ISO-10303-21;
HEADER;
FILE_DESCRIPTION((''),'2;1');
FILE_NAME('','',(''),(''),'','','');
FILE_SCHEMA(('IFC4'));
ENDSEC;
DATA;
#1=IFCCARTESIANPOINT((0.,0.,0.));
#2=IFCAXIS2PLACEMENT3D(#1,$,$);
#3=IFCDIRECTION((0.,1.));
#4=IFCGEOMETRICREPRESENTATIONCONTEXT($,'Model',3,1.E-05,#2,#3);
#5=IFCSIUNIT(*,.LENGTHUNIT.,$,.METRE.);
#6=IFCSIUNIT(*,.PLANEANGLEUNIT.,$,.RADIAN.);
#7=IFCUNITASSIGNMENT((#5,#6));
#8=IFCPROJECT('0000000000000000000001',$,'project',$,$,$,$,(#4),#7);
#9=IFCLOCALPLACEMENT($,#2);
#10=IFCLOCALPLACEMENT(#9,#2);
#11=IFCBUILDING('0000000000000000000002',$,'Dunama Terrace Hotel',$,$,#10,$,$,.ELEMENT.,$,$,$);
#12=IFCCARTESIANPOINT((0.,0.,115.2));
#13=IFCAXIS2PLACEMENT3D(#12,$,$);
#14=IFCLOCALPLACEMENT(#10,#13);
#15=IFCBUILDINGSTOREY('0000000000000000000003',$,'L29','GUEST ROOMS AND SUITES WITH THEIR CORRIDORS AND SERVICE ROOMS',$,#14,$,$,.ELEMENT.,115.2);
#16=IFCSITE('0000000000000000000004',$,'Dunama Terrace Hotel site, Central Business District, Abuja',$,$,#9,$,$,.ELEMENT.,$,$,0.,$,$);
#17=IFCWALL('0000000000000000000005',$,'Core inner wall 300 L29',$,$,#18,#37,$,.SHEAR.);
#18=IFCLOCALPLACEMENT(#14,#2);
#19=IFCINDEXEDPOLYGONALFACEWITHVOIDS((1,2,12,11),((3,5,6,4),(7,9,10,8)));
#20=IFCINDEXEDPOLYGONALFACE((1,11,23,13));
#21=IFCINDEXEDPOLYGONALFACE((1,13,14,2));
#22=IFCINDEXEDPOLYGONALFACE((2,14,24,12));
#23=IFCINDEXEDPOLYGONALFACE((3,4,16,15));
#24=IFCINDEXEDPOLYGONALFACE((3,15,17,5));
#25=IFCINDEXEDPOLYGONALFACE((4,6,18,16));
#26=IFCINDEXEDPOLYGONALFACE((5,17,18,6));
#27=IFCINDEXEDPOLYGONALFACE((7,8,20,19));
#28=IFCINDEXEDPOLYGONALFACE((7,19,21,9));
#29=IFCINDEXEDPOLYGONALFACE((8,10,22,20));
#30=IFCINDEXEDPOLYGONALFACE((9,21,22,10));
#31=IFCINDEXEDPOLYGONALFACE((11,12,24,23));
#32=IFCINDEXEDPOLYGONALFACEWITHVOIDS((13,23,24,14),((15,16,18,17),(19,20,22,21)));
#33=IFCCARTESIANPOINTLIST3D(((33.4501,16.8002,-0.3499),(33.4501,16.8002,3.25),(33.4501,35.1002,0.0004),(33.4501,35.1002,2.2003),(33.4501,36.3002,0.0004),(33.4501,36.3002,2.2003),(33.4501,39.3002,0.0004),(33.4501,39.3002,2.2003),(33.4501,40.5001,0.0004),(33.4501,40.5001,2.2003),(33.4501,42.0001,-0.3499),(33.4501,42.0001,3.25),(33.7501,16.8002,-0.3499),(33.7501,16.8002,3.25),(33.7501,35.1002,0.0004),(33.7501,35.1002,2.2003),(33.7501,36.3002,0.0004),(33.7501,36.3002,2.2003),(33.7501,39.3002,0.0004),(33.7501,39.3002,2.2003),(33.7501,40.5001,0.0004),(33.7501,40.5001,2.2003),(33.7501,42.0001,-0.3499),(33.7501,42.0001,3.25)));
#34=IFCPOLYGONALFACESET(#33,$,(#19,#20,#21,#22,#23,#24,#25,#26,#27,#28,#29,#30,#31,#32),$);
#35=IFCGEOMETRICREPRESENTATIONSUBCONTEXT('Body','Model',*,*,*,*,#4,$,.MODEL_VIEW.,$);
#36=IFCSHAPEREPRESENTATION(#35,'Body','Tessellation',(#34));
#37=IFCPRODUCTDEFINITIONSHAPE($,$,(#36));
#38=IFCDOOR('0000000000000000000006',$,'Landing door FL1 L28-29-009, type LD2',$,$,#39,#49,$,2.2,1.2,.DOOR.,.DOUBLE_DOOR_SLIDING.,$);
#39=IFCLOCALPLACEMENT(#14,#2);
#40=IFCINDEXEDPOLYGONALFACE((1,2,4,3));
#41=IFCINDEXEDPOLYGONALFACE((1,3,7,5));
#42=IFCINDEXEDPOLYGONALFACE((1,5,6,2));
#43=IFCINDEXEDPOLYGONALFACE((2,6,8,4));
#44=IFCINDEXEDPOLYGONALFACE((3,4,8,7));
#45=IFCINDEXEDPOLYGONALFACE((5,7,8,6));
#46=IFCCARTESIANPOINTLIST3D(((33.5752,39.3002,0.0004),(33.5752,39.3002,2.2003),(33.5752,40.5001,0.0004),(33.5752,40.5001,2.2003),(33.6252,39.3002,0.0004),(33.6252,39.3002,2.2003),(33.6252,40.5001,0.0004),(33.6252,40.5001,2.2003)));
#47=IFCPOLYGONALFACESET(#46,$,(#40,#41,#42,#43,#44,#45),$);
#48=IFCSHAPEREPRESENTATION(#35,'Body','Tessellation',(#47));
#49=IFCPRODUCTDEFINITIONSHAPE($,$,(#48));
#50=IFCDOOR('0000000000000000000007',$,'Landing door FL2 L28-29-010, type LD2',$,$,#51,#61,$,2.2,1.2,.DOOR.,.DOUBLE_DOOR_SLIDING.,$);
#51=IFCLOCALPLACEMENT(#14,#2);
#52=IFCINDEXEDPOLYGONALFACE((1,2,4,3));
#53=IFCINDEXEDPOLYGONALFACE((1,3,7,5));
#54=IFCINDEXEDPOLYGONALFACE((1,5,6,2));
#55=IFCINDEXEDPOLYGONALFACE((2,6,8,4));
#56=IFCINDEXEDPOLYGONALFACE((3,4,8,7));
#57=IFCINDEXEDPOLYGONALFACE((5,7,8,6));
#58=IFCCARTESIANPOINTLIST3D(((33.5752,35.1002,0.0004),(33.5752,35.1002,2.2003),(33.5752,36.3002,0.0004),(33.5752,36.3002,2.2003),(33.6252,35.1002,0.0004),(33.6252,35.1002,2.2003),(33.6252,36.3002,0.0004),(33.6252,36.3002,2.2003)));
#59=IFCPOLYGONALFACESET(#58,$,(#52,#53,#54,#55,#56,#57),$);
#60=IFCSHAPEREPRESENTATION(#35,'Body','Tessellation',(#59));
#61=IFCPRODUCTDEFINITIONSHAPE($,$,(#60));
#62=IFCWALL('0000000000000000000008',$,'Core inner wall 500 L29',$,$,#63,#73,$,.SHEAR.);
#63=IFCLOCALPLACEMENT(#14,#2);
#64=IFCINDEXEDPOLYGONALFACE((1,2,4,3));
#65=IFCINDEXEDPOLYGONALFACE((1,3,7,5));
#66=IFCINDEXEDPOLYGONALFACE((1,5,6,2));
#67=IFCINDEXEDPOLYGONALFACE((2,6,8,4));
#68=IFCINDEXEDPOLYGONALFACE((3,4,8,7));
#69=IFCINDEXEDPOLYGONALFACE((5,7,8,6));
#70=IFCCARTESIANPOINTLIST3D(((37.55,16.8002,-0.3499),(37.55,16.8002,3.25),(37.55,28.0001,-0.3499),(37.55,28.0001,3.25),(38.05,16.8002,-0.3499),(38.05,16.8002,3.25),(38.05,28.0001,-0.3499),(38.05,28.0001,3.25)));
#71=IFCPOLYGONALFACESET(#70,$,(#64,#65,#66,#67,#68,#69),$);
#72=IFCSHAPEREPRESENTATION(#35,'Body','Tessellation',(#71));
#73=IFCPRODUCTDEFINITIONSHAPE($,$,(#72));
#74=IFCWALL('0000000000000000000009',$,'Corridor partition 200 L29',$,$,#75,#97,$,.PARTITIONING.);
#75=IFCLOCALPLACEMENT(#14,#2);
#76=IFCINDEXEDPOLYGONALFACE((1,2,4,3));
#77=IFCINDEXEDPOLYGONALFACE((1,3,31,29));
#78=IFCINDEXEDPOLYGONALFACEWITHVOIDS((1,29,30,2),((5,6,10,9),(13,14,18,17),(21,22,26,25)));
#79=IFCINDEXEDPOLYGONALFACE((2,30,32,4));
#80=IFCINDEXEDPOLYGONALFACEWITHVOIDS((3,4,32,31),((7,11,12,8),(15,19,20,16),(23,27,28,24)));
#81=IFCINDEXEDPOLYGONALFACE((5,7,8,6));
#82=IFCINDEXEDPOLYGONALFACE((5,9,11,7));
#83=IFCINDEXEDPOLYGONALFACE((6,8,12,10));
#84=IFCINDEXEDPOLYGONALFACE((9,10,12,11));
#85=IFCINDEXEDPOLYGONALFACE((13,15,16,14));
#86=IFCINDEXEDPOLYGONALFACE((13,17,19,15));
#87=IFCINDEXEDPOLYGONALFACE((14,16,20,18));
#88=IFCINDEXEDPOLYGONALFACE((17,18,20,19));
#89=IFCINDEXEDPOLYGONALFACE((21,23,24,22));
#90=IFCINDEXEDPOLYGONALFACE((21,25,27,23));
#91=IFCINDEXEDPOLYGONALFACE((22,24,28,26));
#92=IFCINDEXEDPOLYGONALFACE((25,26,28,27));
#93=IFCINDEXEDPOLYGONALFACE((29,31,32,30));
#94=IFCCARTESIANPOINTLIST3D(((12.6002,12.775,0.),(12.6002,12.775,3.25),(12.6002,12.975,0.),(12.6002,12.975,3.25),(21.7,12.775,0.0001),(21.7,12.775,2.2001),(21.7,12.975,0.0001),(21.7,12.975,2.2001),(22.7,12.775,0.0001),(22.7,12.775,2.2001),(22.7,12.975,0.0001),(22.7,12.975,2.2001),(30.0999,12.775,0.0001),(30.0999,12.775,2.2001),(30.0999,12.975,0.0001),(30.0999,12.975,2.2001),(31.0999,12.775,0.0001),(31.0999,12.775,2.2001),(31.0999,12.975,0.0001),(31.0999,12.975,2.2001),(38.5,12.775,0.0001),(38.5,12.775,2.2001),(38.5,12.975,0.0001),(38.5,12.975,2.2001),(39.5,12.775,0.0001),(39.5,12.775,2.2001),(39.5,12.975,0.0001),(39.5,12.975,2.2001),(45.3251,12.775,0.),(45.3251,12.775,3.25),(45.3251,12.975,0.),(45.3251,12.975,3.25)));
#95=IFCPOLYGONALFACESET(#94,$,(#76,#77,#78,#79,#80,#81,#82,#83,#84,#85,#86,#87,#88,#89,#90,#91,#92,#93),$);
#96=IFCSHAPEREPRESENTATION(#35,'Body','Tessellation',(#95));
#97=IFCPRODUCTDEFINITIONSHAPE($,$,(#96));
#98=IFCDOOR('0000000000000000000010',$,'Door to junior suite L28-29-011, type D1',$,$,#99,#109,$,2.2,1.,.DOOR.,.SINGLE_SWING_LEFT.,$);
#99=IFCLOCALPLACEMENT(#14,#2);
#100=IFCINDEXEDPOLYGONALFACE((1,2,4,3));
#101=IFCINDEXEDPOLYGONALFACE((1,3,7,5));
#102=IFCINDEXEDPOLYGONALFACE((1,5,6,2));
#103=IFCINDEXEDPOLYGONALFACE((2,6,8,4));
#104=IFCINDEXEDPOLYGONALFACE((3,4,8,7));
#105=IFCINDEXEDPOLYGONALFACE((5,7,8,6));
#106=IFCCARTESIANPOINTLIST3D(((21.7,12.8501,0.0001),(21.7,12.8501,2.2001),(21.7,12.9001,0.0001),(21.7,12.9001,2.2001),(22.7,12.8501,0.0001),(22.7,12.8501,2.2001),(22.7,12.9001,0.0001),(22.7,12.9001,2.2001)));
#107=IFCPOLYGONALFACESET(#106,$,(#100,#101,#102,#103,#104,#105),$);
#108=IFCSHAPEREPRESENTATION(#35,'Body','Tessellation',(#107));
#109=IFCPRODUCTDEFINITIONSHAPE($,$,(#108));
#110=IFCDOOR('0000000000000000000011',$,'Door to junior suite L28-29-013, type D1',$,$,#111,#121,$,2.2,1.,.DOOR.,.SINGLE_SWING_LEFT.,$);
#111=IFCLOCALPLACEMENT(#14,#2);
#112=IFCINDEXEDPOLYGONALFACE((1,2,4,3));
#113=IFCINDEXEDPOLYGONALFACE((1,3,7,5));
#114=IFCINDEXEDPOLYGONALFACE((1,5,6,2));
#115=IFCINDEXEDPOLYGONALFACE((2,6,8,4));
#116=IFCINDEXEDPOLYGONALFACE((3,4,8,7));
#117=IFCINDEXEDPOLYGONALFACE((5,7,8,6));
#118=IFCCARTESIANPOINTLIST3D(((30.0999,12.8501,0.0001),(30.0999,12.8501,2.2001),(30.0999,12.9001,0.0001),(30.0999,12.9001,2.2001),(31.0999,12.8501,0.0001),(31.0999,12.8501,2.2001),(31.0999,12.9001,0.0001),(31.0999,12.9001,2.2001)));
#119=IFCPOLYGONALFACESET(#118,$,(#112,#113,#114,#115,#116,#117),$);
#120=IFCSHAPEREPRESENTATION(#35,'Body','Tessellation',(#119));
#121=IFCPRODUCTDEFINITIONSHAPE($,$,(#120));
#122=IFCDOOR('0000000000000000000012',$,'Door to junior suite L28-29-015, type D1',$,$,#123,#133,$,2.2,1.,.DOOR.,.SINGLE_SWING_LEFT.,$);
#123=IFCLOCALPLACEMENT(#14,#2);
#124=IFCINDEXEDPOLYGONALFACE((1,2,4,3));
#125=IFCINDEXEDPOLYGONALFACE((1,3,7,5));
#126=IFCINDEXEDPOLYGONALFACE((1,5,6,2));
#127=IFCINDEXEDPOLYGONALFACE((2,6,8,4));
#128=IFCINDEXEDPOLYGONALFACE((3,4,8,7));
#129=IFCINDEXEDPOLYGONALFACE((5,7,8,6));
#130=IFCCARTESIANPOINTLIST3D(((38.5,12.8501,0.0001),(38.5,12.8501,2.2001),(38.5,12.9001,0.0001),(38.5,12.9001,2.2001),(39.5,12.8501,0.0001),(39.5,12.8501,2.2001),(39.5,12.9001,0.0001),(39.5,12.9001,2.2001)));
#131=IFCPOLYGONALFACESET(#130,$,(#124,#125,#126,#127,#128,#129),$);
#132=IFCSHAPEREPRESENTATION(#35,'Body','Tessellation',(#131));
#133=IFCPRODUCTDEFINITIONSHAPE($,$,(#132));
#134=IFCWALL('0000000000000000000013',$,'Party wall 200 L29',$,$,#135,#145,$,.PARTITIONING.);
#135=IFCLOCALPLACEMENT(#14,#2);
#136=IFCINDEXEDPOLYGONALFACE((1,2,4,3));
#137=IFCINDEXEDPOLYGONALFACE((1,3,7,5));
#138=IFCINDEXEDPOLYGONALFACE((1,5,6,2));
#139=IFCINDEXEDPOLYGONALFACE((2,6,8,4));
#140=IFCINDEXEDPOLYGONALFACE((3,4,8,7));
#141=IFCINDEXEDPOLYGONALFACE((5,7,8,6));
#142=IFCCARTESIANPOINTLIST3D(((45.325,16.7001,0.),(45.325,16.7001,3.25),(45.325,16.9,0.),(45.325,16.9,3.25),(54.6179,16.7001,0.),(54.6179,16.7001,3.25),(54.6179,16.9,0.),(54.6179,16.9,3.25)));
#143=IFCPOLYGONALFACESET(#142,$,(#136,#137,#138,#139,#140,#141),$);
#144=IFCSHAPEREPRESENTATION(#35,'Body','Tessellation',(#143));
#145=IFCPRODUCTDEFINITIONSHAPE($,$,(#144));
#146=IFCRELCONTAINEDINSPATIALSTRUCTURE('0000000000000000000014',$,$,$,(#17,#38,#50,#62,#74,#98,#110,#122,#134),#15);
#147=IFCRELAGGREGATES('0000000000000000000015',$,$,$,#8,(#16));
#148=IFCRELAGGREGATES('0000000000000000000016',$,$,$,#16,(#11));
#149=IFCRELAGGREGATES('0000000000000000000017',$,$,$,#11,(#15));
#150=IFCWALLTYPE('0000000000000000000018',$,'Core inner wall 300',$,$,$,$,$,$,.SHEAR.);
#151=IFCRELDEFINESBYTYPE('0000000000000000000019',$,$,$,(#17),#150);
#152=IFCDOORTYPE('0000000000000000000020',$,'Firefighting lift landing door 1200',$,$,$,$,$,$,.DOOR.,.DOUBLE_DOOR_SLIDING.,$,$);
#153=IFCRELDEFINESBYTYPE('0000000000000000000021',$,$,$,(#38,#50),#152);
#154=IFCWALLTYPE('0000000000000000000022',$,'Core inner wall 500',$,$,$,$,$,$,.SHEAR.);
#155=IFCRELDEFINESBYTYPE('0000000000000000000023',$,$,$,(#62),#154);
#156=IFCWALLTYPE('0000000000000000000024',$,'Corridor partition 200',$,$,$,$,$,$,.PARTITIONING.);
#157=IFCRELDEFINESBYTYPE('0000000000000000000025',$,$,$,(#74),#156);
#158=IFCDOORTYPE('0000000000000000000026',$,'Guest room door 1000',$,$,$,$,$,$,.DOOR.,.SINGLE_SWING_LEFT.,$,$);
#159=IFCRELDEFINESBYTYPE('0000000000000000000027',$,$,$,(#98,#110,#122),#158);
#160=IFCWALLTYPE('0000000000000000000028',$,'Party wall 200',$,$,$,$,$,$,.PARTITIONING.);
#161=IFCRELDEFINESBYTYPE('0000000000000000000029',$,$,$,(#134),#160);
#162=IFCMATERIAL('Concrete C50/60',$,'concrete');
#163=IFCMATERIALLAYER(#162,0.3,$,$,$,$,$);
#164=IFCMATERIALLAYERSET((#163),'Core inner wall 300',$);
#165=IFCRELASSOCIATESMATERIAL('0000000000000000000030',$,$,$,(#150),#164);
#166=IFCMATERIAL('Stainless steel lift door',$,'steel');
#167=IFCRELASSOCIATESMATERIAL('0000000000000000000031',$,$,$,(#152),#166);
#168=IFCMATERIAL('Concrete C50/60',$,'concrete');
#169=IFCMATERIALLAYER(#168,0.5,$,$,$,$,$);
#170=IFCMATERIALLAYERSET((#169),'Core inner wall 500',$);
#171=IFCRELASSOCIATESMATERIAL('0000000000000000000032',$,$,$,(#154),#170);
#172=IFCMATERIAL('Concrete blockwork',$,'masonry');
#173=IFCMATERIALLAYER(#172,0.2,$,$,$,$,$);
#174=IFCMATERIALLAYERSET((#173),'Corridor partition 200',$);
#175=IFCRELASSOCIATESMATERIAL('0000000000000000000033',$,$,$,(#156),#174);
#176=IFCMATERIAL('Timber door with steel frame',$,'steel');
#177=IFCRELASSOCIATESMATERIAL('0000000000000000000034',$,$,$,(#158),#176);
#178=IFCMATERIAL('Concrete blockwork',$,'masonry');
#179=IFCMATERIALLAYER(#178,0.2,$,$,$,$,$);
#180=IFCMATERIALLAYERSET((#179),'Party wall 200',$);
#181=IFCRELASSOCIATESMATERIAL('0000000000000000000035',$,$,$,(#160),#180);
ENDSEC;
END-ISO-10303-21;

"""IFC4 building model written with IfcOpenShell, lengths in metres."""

from ifc_helpers import new_model, si_unit, direction, frame, frame_2d, origin, place, context, subcontext, project, spatial, rectangle, extrude, material, layer, layer_set, type_object, element, fill, save


model = new_model("IFC4")

# Units and contexts
model_context = context("Model", 3, precision=1e-05, world=origin(), true_north=direction((0.0, 1.0)))
body_context = subcontext(model_context, "Body", "Model", "MODEL_VIEW")
ifc_project = project(units=[si_unit("LENGTHUNIT", "METRE"), si_unit("PLANEANGLEUNIT", "RADIAN")], contexts=[model_context])

# Site, building, storey
site_placement = place(None, origin())
site = spatial("IfcSite", under=ifc_project, at=site_placement, Name="Dunama Terrace Hotel site, Central Business District, Abuja", CompositionType="ELEMENT", RefElevation=0.0)
building_placement = place(site_placement, origin())
building = spatial("IfcBuilding", under=site, at=building_placement, Name="Dunama Terrace Hotel", CompositionType="ELEMENT")
storey_placement = place(building_placement, frame((0.0, 0.0, 115.2)))
storey = spatial("IfcBuildingStorey", under=building, at=storey_placement, Name="L29", Description="GUEST ROOMS AND SUITES WITH THEIR CORRIDORS AND SERVICE ROOMS", CompositionType="ELEMENT", Elevation=115.2)

# Wall, openings, doors
ifc_material_1 = material(Name="Concrete C50/60", Category="concrete")
ifc_layer_1 = layer(ifc_material_1, 0.3)
ifc_layer_set_1 = layer_set([ifc_layer_1], Name="Core inner wall 300")
wall_type_1 = type_object("IfcWallType", Name="Core inner wall 300", PredefinedType="SHEAR", material=ifc_layer_set_1)
wall_1_placement = place(storey_placement, frame((33.6001, 16.8, -0.3499), z_axis=(0.0, 0.0, 1.0), x_axis=(0.0, 1.0, 0.0)))
wall_1 = element("IfcWall", 1, at=wall_1_placement, inside=storey, type_object=wall_type_1, Name="Core inner wall 300 L29", PredefinedType="SHEAR", context=body_context, shape_type="SweptSolid", body=[
    extrude(rectangle(XDim=25.2, YDim=0.3, at=frame_2d((12.6001, 0.0))), origin(), (0.0, 0.0, 1.0), 3.5999),
])
opening_1_placement = place(wall_1_placement, frame((22.5, 0.0, 0.3501)))
opening_1 = element("IfcOpeningElement", 2, at=opening_1_placement, cuts=wall_1, PredefinedType="OPENING", context=body_context, shape_type="SweptSolid", body=[
    extrude(rectangle(XDim=1.2, YDim=2.2, at=frame_2d((0.6001, 1.1001))), frame((0.0, 0.1599, 0.0), z_axis=(0.0, -1.0, 0.0), x_axis=(1.0, 0.0, 0.0)), (0.0, 0.0, 1.0), 0.3201),
])
opening_2_placement = place(wall_1_placement, frame((18.3, 0.0, 0.3501)))
opening_2 = element("IfcOpeningElement", 3, at=opening_2_placement, cuts=wall_1, PredefinedType="OPENING", context=body_context, shape_type="SweptSolid", body=[
    extrude(rectangle(XDim=1.2, YDim=2.2, at=frame_2d((0.6001, 1.1001))), frame((0.0, 0.1599, 0.0), z_axis=(0.0, -1.0, 0.0), x_axis=(1.0, 0.0, 0.0)), (0.0, 0.0, 1.0), 0.3201),
])
ifc_material_2 = material(Name="Stainless steel lift door", Category="steel")
door_type_1 = type_object("IfcDoorType", Name="Firefighting lift landing door 1200", OperationType="DOUBLE_DOOR_SLIDING", PredefinedType="DOOR", material=ifc_material_2)
door_1_placement = place(opening_1_placement, origin())
door_1 = element("IfcDoor", 4, at=door_1_placement, inside=storey, type_object=door_type_1, Name="Landing door FL1 L28-29-009, type LD2", OperationType="DOUBLE_DOOR_SLIDING", OverallHeight=2.2, OverallWidth=1.2, PredefinedType="DOOR", context=body_context, shape_type="SweptSolid", body=[
    extrude(rectangle(XDim=1.2, YDim=2.2, at=frame_2d((0.6001, 1.1001))), frame((0.0, 0.0249, 0.0), z_axis=(0.0, -1.0, 0.0), x_axis=(1.0, 0.0, 0.0)), (0.0, 0.0, 1.0), 0.05),
])
fill(opening_1, door_1)
door_2_placement = place(opening_2_placement, origin())
door_2 = element("IfcDoor", 5, at=door_2_placement, inside=storey, type_object=door_type_1, Name="Landing door FL2 L28-29-010, type LD2", OperationType="DOUBLE_DOOR_SLIDING", OverallHeight=2.2, OverallWidth=1.2, PredefinedType="DOOR", context=body_context, shape_type="SweptSolid", body=[
    extrude(rectangle(XDim=1.2, YDim=2.2, at=frame_2d((0.6001, 1.1001))), frame((0.0, 0.0249, 0.0), z_axis=(0.0, -1.0, 0.0), x_axis=(1.0, 0.0, 0.0)), (0.0, 0.0, 1.0), 0.05),
])
fill(opening_2, door_2)

# Wall
ifc_material_3 = material(Name="Concrete C50/60", Category="concrete")
ifc_layer_2 = layer(ifc_material_3, 0.5)
ifc_layer_set_2 = layer_set([ifc_layer_2], Name="Core inner wall 500")
wall_type_2 = type_object("IfcWallType", Name="Core inner wall 500", PredefinedType="SHEAR", material=ifc_layer_set_2)
wall_2_placement = place(storey_placement, frame((37.8, 16.8, -0.3499), z_axis=(0.0, 0.0, 1.0), x_axis=(0.0, 1.0, 0.0)))
element("IfcWall", 6, at=wall_2_placement, inside=storey, type_object=wall_type_2, Name="Core inner wall 500 L29", PredefinedType="SHEAR", context=body_context, shape_type="SweptSolid", body=[
    extrude(rectangle(XDim=11.2, YDim=0.5, at=frame_2d((5.6001, 0.0))), origin(), (0.0, 0.0, 1.0), 3.5999),
])

# Wall, openings, doors
ifc_material_4 = material(Name="Concrete blockwork", Category="masonry")
ifc_layer_3 = layer(ifc_material_4, 0.2)
ifc_layer_set_3 = layer_set([ifc_layer_3], Name="Corridor partition 200")
wall_type_3 = type_object("IfcWallType", Name="Corridor partition 200", PredefinedType="PARTITIONING", material=ifc_layer_set_3)
wall_3_placement = place(storey_placement, frame((45.325, 12.875, 0.0), z_axis=(0.0, 0.0, 1.0), x_axis=(-1.0, 0.0, 0.0)))
wall_3 = element("IfcWall", 7, at=wall_3_placement, inside=storey, type_object=wall_type_3, Name="Corridor partition 200 L29", PredefinedType="PARTITIONING", context=body_context, shape_type="SweptSolid", body=[
    extrude(rectangle(XDim=32.7249, YDim=0.2, at=frame_2d((16.3623, 0.0))), origin(), (0.0, 0.0, 1.0), 3.25),
])
opening_3_placement = place(wall_3_placement, frame((22.625, 0.0, 0.0)))
opening_3 = element("IfcOpeningElement", 8, at=opening_3_placement, cuts=wall_3, PredefinedType="OPENING", context=body_context, shape_type="SweptSolid", body=[
    extrude(rectangle(XDim=1.0, YDim=2.2, at=frame_2d((0.5, 1.1001))), frame((0.0, 0.1099, 0.0), z_axis=(0.0, -1.0, 0.0), x_axis=(1.0, 0.0, 0.0)), (0.0, 0.0, 1.0), 0.22),
])
opening_4_placement = place(wall_3_placement, frame((14.2251, 0.0, 0.0)))
opening_4 = element("IfcOpeningElement", 9, at=opening_4_placement, cuts=wall_3, PredefinedType="OPENING", context=body_context, shape_type="SweptSolid", body=[
    extrude(rectangle(XDim=1.0, YDim=2.2, at=frame_2d((0.5, 1.1001))), frame((0.0, 0.1099, 0.0), z_axis=(0.0, -1.0, 0.0), x_axis=(1.0, 0.0, 0.0)), (0.0, 0.0, 1.0), 0.22),
])
opening_5_placement = place(wall_3_placement, frame((5.825, 0.0, 0.0)))
opening_5 = element("IfcOpeningElement", 10, at=opening_5_placement, cuts=wall_3, PredefinedType="OPENING", context=body_context, shape_type="SweptSolid", body=[
    extrude(rectangle(XDim=1.0, YDim=2.2, at=frame_2d((0.5, 1.1001))), frame((0.0, 0.1099, 0.0), z_axis=(0.0, -1.0, 0.0), x_axis=(1.0, 0.0, 0.0)), (0.0, 0.0, 1.0), 0.22),
])
ifc_material_5 = material(Name="Timber door with steel frame", Category="steel")
door_type_2 = type_object("IfcDoorType", Name="Guest room door 1000", OperationType="SINGLE_SWING_LEFT", PredefinedType="DOOR", material=ifc_material_5)
door_3_placement = place(opening_3_placement, origin())
door_3 = element("IfcDoor", 11, at=door_3_placement, inside=storey, type_object=door_type_2, Name="Door to junior suite L28-29-011, type D1", OperationType="SINGLE_SWING_LEFT", OverallHeight=2.2, OverallWidth=1.0, PredefinedType="DOOR", context=body_context, shape_type="SweptSolid", body=[
    extrude(rectangle(XDim=1.0, YDim=2.2, at=frame_2d((0.5, 1.1001))), frame((0.0, 0.0249, 0.0), z_axis=(0.0, -1.0, 0.0), x_axis=(1.0, 0.0, 0.0)), (0.0, 0.0, 1.0), 0.05),
])
fill(opening_3, door_3)
door_4_placement = place(opening_4_placement, origin())
door_4 = element("IfcDoor", 12, at=door_4_placement, inside=storey, type_object=door_type_2, Name="Door to junior suite L28-29-013, type D1", OperationType="SINGLE_SWING_LEFT", OverallHeight=2.2, OverallWidth=1.0, PredefinedType="DOOR", context=body_context, shape_type="SweptSolid", body=[
    extrude(rectangle(XDim=1.0, YDim=2.2, at=frame_2d((0.5, 1.1001))), frame((0.0, 0.0249, 0.0), z_axis=(0.0, -1.0, 0.0), x_axis=(1.0, 0.0, 0.0)), (0.0, 0.0, 1.0), 0.05),
])
fill(opening_4, door_4)
door_5_placement = place(opening_5_placement, origin())
door_5 = element("IfcDoor", 13, at=door_5_placement, inside=storey, type_object=door_type_2, Name="Door to junior suite L28-29-015, type D1", OperationType="SINGLE_SWING_LEFT", OverallHeight=2.2, OverallWidth=1.0, PredefinedType="DOOR", context=body_context, shape_type="SweptSolid", body=[
    extrude(rectangle(XDim=1.0, YDim=2.2, at=frame_2d((0.5, 1.1001))), frame((0.0, 0.0249, 0.0), z_axis=(0.0, -1.0, 0.0), x_axis=(1.0, 0.0, 0.0)), (0.0, 0.0, 1.0), 0.05),
])
fill(opening_5, door_5)

# Wall
ifc_material_6 = material(Name="Concrete blockwork", Category="masonry")
ifc_layer_4 = layer(ifc_material_6, 0.2)
ifc_layer_set_4 = layer_set([ifc_layer_4], Name="Party wall 200")
wall_type_4 = type_object("IfcWallType", Name="Party wall 200", PredefinedType="PARTITIONING", material=ifc_layer_set_4)
wall_4_placement = place(storey_placement, frame((45.325, 16.8, 0.0), z_axis=(0.0, 0.0, 1.0), x_axis=(1.0, 0.0, 0.0)))
element("IfcWall", 14, at=wall_4_placement, inside=storey, type_object=wall_type_4, Name="Party wall 200 L29", PredefinedType="PARTITIONING", context=body_context, shape_type="SweptSolid", body=[
    extrude(rectangle(XDim=9.293, YDim=0.2, at=frame_2d((4.6465, 0.0))), origin(), (0.0, 0.0, 1.0), 3.25),
])

save(model, "model.ifc")
